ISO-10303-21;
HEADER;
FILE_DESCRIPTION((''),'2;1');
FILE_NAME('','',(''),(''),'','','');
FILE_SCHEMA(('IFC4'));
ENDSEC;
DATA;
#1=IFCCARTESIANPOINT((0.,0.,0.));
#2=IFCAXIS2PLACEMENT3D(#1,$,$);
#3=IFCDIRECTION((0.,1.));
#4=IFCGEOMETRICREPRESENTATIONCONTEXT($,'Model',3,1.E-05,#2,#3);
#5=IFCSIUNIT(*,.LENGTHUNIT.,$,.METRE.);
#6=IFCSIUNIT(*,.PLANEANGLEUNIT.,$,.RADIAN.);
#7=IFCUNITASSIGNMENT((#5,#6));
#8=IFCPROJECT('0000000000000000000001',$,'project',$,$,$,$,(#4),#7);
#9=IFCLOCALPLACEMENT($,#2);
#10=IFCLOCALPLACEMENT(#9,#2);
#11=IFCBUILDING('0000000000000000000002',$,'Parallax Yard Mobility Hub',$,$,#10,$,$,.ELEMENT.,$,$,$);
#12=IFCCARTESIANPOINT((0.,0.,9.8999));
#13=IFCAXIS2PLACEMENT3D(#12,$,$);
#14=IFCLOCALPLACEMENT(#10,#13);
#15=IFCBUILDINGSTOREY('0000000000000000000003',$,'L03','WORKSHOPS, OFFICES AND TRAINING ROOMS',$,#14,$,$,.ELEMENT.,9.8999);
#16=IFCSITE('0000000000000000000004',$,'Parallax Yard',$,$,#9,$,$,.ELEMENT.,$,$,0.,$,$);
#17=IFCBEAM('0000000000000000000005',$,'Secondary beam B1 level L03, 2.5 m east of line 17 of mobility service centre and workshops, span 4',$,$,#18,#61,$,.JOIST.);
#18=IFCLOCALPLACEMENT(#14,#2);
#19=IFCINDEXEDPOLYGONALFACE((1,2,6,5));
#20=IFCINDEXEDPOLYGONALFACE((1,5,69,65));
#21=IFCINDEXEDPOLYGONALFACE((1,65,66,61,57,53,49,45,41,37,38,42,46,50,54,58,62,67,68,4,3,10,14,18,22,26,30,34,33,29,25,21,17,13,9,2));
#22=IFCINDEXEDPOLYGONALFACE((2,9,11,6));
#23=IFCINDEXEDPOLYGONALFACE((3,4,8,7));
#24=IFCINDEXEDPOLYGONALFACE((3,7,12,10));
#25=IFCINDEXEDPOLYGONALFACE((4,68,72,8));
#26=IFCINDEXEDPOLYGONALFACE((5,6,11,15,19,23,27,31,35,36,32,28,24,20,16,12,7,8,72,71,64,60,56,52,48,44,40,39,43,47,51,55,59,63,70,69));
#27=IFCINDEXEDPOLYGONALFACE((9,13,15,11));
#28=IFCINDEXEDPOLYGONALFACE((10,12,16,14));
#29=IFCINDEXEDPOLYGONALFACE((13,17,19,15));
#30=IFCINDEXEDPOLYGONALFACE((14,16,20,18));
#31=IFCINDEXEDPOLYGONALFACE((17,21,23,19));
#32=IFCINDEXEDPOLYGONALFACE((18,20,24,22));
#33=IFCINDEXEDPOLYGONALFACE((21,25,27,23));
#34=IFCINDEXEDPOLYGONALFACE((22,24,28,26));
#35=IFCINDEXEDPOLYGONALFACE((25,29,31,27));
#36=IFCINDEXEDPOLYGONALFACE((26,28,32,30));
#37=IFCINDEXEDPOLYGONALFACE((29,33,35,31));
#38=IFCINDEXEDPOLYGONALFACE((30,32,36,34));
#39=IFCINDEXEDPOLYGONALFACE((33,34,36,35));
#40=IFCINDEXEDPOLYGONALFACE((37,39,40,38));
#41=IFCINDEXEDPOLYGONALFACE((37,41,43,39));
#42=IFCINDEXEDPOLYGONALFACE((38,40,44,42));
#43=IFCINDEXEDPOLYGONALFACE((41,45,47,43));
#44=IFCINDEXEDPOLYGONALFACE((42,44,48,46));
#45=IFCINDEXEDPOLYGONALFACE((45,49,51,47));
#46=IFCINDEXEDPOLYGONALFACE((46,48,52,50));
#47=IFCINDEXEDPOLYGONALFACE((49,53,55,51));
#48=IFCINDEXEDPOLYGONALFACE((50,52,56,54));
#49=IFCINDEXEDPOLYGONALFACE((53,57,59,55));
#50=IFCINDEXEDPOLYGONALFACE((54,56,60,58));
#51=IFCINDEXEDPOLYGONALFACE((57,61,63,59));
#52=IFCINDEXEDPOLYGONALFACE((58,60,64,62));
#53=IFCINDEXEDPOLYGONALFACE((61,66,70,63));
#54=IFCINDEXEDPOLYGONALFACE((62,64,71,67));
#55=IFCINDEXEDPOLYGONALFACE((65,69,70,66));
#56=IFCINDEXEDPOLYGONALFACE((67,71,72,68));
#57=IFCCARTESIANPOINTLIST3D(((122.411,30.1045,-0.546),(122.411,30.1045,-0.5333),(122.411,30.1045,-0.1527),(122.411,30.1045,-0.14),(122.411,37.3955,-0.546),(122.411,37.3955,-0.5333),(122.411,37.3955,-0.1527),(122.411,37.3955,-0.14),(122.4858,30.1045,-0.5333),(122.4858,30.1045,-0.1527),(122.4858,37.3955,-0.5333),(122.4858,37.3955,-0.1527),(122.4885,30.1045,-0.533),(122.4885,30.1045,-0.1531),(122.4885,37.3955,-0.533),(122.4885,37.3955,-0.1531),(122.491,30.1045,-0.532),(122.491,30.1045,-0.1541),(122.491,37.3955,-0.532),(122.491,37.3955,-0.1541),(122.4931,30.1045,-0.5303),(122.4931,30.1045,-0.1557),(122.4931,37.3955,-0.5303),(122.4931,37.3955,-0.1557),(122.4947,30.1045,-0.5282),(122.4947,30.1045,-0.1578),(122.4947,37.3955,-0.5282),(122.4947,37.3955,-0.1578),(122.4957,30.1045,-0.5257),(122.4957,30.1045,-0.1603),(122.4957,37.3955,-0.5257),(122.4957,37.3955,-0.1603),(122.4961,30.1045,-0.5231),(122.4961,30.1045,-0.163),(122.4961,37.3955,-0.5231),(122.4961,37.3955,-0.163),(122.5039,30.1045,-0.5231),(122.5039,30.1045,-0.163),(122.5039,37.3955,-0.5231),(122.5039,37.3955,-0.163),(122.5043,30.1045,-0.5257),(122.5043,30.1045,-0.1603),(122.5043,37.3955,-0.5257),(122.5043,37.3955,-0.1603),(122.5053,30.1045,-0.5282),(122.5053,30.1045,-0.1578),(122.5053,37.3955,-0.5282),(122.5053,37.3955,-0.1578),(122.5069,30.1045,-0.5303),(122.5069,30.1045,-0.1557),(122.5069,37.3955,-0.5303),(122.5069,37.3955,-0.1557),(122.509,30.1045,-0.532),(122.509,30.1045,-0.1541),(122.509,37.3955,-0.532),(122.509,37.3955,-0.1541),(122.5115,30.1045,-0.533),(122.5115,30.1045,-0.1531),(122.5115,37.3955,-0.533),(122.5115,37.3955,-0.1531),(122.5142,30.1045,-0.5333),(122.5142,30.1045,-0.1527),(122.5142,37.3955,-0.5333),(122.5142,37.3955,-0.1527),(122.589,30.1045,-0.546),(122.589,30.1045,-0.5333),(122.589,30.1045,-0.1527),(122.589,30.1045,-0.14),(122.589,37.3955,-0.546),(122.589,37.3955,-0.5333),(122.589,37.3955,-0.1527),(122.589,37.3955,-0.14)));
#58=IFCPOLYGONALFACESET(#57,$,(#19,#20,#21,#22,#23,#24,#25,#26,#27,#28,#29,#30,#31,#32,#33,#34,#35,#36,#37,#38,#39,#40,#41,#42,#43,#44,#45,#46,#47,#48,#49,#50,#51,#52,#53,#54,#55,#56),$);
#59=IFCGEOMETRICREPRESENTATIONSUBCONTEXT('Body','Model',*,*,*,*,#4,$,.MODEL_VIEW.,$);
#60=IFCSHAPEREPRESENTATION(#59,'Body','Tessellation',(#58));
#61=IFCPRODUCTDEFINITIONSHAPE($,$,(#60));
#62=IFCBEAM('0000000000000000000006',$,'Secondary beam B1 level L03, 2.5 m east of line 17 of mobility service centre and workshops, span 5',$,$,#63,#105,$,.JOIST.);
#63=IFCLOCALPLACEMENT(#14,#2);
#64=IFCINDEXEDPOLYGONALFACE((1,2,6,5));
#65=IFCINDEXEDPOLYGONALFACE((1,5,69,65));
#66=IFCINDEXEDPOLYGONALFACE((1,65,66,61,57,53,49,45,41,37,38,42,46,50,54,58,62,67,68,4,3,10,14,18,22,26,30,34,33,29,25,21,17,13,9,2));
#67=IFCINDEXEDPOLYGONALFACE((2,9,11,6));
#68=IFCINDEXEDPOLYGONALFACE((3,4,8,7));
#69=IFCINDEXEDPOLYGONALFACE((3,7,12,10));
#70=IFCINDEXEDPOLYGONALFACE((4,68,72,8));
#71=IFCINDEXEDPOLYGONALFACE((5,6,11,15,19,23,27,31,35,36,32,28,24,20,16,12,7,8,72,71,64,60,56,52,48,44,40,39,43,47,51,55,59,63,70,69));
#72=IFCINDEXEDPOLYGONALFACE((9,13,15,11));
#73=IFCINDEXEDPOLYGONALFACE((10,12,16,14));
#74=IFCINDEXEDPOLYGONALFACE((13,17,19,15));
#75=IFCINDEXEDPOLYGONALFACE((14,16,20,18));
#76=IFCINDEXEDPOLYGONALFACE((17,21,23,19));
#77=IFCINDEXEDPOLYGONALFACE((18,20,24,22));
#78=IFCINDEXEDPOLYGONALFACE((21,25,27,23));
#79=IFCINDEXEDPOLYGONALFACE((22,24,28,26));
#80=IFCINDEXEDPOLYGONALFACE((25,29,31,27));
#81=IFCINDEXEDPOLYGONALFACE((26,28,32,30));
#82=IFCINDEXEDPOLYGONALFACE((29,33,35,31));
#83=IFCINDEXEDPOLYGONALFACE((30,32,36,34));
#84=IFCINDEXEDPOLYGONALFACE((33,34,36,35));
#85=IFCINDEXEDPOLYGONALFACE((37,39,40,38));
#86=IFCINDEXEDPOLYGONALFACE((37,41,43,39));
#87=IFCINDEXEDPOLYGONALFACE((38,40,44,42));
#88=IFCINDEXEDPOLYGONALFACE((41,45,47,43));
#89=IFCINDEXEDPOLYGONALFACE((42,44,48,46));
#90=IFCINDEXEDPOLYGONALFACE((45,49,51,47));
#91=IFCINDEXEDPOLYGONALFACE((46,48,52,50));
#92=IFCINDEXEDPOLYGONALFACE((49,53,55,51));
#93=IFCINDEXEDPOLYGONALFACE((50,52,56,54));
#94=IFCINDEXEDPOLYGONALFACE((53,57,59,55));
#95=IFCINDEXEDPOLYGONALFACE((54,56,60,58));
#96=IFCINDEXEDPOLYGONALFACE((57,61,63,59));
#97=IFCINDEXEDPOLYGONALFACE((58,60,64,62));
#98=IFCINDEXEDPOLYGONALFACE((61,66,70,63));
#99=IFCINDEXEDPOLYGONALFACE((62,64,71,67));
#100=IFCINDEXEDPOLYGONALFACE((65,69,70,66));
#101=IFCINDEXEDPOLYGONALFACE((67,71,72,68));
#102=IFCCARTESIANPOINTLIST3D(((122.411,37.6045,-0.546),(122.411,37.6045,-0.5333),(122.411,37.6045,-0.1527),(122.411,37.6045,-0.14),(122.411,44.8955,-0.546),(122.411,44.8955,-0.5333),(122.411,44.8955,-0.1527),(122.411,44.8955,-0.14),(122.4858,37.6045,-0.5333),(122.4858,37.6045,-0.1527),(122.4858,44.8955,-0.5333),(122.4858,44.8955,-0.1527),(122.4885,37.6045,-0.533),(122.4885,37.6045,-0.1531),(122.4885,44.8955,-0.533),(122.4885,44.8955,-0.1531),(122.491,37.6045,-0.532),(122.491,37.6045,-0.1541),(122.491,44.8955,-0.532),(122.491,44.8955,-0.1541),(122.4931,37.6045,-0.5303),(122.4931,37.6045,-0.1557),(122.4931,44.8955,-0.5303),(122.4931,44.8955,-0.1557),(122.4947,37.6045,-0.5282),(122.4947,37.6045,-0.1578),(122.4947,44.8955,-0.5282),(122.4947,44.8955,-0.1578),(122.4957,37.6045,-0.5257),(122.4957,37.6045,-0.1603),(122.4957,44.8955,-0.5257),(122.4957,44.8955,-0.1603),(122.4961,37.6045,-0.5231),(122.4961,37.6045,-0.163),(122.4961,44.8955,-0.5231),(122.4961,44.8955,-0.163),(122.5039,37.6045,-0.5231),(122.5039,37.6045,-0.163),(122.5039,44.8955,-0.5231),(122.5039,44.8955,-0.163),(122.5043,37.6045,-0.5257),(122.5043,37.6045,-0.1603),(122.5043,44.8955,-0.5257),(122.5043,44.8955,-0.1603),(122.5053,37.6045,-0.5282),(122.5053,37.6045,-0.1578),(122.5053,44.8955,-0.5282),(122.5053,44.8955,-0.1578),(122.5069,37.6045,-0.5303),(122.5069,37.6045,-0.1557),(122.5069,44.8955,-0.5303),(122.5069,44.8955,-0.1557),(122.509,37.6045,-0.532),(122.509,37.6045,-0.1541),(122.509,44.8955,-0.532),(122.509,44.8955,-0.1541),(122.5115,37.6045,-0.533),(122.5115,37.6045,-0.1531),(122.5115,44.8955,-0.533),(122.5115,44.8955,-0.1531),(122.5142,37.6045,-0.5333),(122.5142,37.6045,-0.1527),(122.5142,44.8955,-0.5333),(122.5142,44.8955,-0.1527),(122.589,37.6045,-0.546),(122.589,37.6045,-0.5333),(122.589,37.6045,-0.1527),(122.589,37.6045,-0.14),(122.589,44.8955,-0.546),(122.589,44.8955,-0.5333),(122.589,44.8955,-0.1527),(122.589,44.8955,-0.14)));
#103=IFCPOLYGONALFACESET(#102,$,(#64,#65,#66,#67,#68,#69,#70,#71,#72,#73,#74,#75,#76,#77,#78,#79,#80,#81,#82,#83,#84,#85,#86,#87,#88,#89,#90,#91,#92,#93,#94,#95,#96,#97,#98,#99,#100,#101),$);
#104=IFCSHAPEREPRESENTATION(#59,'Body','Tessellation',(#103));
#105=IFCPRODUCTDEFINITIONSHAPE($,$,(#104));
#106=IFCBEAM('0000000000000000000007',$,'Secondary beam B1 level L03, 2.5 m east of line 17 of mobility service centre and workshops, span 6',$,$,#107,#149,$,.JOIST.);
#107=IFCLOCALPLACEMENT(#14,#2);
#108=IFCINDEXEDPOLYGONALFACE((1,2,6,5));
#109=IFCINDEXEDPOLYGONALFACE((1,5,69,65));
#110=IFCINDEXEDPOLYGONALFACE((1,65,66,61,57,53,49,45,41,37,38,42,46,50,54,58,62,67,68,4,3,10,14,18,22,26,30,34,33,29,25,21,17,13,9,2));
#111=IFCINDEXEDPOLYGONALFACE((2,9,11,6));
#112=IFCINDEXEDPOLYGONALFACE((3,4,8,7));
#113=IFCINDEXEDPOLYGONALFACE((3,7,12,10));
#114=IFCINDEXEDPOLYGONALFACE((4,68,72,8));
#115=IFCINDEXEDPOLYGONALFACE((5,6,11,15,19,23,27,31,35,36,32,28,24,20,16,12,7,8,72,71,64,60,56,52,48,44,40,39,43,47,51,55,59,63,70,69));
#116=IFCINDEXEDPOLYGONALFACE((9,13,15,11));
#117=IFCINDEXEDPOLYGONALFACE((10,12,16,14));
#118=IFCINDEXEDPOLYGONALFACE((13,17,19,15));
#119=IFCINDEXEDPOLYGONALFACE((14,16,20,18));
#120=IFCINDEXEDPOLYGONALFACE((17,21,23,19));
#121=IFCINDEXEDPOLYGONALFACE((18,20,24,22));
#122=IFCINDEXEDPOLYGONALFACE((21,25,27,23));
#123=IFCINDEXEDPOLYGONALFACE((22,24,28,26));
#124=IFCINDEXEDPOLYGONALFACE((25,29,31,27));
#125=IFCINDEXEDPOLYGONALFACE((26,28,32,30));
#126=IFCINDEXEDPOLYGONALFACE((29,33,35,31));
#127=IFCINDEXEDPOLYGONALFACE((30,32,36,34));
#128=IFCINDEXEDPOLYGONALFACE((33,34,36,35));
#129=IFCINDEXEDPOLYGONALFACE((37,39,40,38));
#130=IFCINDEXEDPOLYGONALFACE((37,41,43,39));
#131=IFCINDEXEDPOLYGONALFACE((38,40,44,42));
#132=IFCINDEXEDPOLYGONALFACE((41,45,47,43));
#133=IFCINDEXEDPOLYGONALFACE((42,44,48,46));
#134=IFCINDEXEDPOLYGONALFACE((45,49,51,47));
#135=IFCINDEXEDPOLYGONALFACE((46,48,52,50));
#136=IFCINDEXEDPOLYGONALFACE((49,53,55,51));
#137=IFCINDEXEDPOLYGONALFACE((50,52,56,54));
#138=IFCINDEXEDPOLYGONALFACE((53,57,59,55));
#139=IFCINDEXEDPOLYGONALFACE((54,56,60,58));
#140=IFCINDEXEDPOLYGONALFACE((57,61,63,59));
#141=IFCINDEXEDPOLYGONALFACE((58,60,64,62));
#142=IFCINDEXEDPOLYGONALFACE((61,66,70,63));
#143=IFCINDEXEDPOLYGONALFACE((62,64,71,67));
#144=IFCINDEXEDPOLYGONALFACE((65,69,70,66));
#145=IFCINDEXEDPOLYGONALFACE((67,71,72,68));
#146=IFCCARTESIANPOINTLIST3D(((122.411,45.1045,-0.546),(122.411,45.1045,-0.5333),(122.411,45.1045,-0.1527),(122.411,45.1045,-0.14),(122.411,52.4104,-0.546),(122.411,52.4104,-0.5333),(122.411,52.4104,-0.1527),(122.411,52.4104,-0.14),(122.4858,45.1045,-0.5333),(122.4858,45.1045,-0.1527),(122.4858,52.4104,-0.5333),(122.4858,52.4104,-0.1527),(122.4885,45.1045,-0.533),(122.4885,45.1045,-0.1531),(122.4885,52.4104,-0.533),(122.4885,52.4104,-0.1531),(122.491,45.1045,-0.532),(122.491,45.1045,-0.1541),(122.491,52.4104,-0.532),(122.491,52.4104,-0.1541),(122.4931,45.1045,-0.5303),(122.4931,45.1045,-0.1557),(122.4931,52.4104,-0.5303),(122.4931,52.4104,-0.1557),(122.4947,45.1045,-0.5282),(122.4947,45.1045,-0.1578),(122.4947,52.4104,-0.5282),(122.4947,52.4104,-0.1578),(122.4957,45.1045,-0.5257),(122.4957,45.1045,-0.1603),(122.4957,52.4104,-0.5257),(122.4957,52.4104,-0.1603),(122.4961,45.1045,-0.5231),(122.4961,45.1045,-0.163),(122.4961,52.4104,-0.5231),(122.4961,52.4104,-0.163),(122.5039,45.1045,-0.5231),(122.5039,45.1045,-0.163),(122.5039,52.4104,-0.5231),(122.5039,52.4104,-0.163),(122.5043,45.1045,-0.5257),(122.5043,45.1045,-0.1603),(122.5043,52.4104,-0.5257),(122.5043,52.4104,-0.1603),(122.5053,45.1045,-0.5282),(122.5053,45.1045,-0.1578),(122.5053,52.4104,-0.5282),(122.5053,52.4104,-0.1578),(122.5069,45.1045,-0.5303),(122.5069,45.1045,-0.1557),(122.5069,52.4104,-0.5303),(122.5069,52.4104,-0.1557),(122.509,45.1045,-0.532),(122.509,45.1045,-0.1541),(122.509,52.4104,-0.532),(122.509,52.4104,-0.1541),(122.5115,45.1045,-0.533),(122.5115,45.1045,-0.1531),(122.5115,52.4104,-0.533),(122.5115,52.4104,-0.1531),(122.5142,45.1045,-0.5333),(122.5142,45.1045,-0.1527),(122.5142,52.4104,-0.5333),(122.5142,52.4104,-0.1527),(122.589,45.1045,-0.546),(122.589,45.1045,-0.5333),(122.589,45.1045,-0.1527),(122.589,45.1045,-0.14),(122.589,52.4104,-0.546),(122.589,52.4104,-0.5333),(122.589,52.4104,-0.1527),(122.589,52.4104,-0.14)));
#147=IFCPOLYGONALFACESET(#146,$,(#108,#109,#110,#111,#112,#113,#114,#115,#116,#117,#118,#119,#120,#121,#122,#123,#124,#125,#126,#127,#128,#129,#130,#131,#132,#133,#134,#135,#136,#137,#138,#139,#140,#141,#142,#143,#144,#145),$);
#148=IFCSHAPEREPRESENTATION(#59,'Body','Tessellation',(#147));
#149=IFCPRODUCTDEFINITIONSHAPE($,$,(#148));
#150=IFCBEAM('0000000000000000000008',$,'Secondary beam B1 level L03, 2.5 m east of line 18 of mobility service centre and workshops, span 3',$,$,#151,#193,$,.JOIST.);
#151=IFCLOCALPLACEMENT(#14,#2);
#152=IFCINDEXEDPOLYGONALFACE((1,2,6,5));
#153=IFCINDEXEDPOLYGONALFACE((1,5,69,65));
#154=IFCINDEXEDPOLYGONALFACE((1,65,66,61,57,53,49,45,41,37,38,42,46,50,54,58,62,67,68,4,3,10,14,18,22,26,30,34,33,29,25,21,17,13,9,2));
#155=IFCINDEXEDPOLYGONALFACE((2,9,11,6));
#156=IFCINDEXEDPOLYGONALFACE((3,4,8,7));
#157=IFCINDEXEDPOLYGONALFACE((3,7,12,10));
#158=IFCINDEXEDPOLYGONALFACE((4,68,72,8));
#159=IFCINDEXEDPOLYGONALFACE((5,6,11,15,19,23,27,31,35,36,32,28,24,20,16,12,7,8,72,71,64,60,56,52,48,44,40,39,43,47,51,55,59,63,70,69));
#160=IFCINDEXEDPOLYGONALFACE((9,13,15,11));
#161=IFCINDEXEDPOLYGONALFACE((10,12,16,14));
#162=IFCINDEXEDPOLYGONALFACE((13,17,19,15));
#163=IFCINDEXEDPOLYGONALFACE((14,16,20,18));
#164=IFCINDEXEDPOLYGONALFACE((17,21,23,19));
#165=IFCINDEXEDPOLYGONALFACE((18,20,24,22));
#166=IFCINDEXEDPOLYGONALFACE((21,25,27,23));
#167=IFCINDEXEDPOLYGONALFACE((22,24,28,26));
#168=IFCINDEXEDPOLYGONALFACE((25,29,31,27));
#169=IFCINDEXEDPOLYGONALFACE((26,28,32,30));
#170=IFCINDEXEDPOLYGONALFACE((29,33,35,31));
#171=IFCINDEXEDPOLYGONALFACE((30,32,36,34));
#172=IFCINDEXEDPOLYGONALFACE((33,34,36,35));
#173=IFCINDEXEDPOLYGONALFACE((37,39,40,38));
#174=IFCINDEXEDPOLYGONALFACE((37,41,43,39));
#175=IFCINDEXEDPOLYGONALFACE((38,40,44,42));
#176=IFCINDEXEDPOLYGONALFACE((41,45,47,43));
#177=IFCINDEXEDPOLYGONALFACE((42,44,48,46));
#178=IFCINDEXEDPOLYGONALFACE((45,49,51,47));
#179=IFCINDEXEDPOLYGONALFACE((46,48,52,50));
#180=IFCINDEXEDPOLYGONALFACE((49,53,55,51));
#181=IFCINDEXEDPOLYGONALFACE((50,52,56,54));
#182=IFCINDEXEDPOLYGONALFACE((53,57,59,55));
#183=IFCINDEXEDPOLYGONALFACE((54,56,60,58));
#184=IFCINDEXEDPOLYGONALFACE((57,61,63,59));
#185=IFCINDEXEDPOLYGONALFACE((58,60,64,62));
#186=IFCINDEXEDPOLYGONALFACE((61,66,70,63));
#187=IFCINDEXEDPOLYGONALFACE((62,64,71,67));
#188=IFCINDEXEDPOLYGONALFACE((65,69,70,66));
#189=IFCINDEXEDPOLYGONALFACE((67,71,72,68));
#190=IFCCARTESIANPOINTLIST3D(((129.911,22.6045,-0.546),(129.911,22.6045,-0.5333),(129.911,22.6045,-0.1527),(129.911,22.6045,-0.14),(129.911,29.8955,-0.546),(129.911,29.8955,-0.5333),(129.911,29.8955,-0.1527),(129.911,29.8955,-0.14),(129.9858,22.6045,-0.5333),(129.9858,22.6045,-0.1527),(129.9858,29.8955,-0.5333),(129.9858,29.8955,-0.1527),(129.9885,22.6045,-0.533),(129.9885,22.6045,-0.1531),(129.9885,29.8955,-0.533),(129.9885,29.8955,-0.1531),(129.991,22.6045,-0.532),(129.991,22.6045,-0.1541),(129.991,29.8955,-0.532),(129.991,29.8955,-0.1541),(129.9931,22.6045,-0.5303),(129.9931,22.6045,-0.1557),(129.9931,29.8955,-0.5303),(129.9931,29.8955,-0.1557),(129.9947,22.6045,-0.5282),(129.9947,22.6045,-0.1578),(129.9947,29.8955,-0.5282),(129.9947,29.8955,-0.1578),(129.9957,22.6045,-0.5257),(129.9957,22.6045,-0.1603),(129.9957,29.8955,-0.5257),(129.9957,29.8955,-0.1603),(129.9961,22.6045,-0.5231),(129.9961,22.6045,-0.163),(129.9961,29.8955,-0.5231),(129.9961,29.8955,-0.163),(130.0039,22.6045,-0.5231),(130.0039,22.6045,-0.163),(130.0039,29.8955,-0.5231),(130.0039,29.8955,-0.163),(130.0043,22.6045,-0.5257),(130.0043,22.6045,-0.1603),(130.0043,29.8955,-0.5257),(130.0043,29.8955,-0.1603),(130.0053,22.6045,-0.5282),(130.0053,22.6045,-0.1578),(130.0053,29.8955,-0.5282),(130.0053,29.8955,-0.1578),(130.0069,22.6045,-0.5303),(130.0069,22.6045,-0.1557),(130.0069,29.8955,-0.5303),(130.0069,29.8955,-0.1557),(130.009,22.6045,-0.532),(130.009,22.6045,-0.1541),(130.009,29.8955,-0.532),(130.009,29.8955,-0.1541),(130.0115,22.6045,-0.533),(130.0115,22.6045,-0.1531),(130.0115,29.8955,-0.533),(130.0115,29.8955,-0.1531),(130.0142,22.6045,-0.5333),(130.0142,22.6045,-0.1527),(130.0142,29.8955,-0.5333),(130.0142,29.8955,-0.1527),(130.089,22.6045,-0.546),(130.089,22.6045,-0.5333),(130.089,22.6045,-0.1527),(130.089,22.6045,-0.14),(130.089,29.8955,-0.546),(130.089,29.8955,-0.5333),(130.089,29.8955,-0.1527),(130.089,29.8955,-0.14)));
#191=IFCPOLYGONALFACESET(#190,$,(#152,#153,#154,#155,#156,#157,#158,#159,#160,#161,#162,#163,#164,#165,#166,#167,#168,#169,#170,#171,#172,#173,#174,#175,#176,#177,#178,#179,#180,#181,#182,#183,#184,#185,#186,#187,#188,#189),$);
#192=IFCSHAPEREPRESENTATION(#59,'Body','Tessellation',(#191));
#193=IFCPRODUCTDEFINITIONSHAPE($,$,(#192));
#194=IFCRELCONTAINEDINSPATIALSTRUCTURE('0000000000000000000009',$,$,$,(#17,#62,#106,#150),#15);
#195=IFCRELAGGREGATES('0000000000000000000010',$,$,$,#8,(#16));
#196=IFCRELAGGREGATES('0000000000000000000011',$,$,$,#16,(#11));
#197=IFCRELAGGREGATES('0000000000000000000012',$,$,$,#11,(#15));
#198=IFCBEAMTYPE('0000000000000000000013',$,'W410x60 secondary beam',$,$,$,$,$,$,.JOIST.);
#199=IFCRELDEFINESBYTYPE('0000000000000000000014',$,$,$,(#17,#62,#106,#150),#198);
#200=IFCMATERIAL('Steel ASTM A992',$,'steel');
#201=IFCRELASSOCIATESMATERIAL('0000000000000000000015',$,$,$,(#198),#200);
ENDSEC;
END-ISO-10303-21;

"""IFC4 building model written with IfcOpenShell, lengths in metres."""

from ifc_helpers import new_model, si_unit, direction, frame, origin, origin_2d, place, context, subcontext, project, spatial, i_section, extrude, material, material_profile, profile_set, type_object, element, save


model = new_model("IFC4")

# Units and contexts
model_context = context("Model", 3, precision=1e-05, world=origin(), true_north=direction((0.0, 1.0)))
body_context = subcontext(model_context, "Body", "Model", "MODEL_VIEW")
ifc_project = project(units=[si_unit("LENGTHUNIT", "METRE"), si_unit("PLANEANGLEUNIT", "RADIAN")], contexts=[model_context])

# Site, building, storey
site_placement = place(None, origin())
site = spatial("IfcSite", under=ifc_project, at=site_placement, Name="Parallax Yard", CompositionType="ELEMENT", RefElevation=0.0)
building_placement = place(site_placement, origin())
building = spatial("IfcBuilding", under=site, at=building_placement, Name="Parallax Yard Mobility Hub", CompositionType="ELEMENT")
storey_placement = place(building_placement, frame((0.0, 0.0, 9.8999)))
storey = spatial("IfcBuildingStorey", under=building, at=storey_placement, Name="L03", Description="WORKSHOPS, OFFICES AND TRAINING ROOMS", CompositionType="ELEMENT", Elevation=9.8999)

# Shared definitions
ifc_material_1 = material(Name="Steel ASTM A992", Category="steel")

# Beams
ifc_material_profile_1 = material_profile(ifc_material_1, i_section(OverallWidth=0.178, OverallDepth=0.406, WebThickness=0.0078, FlangeThickness=0.0127, FilletRadius=0.0103, at=origin_2d()), Name="W410x60")
ifc_profile_set_1 = profile_set([ifc_material_profile_1], Name="Steel ASTM A992")
beam_type_1 = type_object("IfcBeamType", Name="W410x60 secondary beam", PredefinedType="JOIST", material=ifc_profile_set_1)
for number, where, z_axis, x_axis, name in (
    (1, (122.5, 30.1045, -0.343), (0.0, 1.0, 0.0), (-1.0, 0.0, 0.0), "Secondary beam B1 level L03, 2.5 m east of line 17 of mobility service centre and workshops, span 4"),
    (2, (122.5, 37.6045, -0.343), (0.0, 1.0, 0.0), (-1.0, 0.0, 0.0), "Secondary beam B1 level L03, 2.5 m east of line 17 of mobility service centre and workshops, span 5"),
):
    element("IfcBeam", number, at=place(storey_placement, frame(where, z_axis=z_axis, x_axis=x_axis)), inside=storey, type_object=beam_type_1, Name=name, PredefinedType="JOIST", context=body_context, shape_type="SweptSolid", body=[
        extrude(i_section(OverallWidth=0.178, OverallDepth=0.406, WebThickness=0.0078, FlangeThickness=0.0127, FilletRadius=0.0103, at=origin_2d()), origin(), (0.0, 0.0, 1.0), 7.291),
    ])
beam_1_placement = place(storey_placement, frame((122.5, 45.1045, -0.343), z_axis=(0.0, 1.0, 0.0), x_axis=(-1.0, 0.0, 0.0)))
element("IfcBeam", 3, at=beam_1_placement, inside=storey, type_object=beam_type_1, Name="Secondary beam B1 level L03, 2.5 m east of line 17 of mobility service centre and workshops, span 6", PredefinedType="JOIST", context=body_context, shape_type="SweptSolid", body=[
    extrude(i_section(OverallWidth=0.178, OverallDepth=0.406, WebThickness=0.0078, FlangeThickness=0.0127, FilletRadius=0.0103, at=origin_2d()), origin(), (0.0, 0.0, 1.0), 7.3059),
])
for number, where, z_axis, x_axis, name in (
    (4, (130.0, 22.6045, -0.343), (0.0, 1.0, 0.0), (-1.0, 0.0, 0.0), "Secondary beam B1 level L03, 2.5 m east of line 18 of mobility service centre and workshops, span 3"),
):
    element("IfcBeam", number, at=place(storey_placement, frame(where, z_axis=z_axis, x_axis=x_axis)), inside=storey, type_object=beam_type_1, Name=name, PredefinedType="JOIST", context=body_context, shape_type="SweptSolid", body=[
        extrude(i_section(OverallWidth=0.178, OverallDepth=0.406, WebThickness=0.0078, FlangeThickness=0.0127, FilletRadius=0.0103, at=origin_2d()), origin(), (0.0, 0.0, 1.0), 7.291),
    ])

save(model, "model.ifc")
